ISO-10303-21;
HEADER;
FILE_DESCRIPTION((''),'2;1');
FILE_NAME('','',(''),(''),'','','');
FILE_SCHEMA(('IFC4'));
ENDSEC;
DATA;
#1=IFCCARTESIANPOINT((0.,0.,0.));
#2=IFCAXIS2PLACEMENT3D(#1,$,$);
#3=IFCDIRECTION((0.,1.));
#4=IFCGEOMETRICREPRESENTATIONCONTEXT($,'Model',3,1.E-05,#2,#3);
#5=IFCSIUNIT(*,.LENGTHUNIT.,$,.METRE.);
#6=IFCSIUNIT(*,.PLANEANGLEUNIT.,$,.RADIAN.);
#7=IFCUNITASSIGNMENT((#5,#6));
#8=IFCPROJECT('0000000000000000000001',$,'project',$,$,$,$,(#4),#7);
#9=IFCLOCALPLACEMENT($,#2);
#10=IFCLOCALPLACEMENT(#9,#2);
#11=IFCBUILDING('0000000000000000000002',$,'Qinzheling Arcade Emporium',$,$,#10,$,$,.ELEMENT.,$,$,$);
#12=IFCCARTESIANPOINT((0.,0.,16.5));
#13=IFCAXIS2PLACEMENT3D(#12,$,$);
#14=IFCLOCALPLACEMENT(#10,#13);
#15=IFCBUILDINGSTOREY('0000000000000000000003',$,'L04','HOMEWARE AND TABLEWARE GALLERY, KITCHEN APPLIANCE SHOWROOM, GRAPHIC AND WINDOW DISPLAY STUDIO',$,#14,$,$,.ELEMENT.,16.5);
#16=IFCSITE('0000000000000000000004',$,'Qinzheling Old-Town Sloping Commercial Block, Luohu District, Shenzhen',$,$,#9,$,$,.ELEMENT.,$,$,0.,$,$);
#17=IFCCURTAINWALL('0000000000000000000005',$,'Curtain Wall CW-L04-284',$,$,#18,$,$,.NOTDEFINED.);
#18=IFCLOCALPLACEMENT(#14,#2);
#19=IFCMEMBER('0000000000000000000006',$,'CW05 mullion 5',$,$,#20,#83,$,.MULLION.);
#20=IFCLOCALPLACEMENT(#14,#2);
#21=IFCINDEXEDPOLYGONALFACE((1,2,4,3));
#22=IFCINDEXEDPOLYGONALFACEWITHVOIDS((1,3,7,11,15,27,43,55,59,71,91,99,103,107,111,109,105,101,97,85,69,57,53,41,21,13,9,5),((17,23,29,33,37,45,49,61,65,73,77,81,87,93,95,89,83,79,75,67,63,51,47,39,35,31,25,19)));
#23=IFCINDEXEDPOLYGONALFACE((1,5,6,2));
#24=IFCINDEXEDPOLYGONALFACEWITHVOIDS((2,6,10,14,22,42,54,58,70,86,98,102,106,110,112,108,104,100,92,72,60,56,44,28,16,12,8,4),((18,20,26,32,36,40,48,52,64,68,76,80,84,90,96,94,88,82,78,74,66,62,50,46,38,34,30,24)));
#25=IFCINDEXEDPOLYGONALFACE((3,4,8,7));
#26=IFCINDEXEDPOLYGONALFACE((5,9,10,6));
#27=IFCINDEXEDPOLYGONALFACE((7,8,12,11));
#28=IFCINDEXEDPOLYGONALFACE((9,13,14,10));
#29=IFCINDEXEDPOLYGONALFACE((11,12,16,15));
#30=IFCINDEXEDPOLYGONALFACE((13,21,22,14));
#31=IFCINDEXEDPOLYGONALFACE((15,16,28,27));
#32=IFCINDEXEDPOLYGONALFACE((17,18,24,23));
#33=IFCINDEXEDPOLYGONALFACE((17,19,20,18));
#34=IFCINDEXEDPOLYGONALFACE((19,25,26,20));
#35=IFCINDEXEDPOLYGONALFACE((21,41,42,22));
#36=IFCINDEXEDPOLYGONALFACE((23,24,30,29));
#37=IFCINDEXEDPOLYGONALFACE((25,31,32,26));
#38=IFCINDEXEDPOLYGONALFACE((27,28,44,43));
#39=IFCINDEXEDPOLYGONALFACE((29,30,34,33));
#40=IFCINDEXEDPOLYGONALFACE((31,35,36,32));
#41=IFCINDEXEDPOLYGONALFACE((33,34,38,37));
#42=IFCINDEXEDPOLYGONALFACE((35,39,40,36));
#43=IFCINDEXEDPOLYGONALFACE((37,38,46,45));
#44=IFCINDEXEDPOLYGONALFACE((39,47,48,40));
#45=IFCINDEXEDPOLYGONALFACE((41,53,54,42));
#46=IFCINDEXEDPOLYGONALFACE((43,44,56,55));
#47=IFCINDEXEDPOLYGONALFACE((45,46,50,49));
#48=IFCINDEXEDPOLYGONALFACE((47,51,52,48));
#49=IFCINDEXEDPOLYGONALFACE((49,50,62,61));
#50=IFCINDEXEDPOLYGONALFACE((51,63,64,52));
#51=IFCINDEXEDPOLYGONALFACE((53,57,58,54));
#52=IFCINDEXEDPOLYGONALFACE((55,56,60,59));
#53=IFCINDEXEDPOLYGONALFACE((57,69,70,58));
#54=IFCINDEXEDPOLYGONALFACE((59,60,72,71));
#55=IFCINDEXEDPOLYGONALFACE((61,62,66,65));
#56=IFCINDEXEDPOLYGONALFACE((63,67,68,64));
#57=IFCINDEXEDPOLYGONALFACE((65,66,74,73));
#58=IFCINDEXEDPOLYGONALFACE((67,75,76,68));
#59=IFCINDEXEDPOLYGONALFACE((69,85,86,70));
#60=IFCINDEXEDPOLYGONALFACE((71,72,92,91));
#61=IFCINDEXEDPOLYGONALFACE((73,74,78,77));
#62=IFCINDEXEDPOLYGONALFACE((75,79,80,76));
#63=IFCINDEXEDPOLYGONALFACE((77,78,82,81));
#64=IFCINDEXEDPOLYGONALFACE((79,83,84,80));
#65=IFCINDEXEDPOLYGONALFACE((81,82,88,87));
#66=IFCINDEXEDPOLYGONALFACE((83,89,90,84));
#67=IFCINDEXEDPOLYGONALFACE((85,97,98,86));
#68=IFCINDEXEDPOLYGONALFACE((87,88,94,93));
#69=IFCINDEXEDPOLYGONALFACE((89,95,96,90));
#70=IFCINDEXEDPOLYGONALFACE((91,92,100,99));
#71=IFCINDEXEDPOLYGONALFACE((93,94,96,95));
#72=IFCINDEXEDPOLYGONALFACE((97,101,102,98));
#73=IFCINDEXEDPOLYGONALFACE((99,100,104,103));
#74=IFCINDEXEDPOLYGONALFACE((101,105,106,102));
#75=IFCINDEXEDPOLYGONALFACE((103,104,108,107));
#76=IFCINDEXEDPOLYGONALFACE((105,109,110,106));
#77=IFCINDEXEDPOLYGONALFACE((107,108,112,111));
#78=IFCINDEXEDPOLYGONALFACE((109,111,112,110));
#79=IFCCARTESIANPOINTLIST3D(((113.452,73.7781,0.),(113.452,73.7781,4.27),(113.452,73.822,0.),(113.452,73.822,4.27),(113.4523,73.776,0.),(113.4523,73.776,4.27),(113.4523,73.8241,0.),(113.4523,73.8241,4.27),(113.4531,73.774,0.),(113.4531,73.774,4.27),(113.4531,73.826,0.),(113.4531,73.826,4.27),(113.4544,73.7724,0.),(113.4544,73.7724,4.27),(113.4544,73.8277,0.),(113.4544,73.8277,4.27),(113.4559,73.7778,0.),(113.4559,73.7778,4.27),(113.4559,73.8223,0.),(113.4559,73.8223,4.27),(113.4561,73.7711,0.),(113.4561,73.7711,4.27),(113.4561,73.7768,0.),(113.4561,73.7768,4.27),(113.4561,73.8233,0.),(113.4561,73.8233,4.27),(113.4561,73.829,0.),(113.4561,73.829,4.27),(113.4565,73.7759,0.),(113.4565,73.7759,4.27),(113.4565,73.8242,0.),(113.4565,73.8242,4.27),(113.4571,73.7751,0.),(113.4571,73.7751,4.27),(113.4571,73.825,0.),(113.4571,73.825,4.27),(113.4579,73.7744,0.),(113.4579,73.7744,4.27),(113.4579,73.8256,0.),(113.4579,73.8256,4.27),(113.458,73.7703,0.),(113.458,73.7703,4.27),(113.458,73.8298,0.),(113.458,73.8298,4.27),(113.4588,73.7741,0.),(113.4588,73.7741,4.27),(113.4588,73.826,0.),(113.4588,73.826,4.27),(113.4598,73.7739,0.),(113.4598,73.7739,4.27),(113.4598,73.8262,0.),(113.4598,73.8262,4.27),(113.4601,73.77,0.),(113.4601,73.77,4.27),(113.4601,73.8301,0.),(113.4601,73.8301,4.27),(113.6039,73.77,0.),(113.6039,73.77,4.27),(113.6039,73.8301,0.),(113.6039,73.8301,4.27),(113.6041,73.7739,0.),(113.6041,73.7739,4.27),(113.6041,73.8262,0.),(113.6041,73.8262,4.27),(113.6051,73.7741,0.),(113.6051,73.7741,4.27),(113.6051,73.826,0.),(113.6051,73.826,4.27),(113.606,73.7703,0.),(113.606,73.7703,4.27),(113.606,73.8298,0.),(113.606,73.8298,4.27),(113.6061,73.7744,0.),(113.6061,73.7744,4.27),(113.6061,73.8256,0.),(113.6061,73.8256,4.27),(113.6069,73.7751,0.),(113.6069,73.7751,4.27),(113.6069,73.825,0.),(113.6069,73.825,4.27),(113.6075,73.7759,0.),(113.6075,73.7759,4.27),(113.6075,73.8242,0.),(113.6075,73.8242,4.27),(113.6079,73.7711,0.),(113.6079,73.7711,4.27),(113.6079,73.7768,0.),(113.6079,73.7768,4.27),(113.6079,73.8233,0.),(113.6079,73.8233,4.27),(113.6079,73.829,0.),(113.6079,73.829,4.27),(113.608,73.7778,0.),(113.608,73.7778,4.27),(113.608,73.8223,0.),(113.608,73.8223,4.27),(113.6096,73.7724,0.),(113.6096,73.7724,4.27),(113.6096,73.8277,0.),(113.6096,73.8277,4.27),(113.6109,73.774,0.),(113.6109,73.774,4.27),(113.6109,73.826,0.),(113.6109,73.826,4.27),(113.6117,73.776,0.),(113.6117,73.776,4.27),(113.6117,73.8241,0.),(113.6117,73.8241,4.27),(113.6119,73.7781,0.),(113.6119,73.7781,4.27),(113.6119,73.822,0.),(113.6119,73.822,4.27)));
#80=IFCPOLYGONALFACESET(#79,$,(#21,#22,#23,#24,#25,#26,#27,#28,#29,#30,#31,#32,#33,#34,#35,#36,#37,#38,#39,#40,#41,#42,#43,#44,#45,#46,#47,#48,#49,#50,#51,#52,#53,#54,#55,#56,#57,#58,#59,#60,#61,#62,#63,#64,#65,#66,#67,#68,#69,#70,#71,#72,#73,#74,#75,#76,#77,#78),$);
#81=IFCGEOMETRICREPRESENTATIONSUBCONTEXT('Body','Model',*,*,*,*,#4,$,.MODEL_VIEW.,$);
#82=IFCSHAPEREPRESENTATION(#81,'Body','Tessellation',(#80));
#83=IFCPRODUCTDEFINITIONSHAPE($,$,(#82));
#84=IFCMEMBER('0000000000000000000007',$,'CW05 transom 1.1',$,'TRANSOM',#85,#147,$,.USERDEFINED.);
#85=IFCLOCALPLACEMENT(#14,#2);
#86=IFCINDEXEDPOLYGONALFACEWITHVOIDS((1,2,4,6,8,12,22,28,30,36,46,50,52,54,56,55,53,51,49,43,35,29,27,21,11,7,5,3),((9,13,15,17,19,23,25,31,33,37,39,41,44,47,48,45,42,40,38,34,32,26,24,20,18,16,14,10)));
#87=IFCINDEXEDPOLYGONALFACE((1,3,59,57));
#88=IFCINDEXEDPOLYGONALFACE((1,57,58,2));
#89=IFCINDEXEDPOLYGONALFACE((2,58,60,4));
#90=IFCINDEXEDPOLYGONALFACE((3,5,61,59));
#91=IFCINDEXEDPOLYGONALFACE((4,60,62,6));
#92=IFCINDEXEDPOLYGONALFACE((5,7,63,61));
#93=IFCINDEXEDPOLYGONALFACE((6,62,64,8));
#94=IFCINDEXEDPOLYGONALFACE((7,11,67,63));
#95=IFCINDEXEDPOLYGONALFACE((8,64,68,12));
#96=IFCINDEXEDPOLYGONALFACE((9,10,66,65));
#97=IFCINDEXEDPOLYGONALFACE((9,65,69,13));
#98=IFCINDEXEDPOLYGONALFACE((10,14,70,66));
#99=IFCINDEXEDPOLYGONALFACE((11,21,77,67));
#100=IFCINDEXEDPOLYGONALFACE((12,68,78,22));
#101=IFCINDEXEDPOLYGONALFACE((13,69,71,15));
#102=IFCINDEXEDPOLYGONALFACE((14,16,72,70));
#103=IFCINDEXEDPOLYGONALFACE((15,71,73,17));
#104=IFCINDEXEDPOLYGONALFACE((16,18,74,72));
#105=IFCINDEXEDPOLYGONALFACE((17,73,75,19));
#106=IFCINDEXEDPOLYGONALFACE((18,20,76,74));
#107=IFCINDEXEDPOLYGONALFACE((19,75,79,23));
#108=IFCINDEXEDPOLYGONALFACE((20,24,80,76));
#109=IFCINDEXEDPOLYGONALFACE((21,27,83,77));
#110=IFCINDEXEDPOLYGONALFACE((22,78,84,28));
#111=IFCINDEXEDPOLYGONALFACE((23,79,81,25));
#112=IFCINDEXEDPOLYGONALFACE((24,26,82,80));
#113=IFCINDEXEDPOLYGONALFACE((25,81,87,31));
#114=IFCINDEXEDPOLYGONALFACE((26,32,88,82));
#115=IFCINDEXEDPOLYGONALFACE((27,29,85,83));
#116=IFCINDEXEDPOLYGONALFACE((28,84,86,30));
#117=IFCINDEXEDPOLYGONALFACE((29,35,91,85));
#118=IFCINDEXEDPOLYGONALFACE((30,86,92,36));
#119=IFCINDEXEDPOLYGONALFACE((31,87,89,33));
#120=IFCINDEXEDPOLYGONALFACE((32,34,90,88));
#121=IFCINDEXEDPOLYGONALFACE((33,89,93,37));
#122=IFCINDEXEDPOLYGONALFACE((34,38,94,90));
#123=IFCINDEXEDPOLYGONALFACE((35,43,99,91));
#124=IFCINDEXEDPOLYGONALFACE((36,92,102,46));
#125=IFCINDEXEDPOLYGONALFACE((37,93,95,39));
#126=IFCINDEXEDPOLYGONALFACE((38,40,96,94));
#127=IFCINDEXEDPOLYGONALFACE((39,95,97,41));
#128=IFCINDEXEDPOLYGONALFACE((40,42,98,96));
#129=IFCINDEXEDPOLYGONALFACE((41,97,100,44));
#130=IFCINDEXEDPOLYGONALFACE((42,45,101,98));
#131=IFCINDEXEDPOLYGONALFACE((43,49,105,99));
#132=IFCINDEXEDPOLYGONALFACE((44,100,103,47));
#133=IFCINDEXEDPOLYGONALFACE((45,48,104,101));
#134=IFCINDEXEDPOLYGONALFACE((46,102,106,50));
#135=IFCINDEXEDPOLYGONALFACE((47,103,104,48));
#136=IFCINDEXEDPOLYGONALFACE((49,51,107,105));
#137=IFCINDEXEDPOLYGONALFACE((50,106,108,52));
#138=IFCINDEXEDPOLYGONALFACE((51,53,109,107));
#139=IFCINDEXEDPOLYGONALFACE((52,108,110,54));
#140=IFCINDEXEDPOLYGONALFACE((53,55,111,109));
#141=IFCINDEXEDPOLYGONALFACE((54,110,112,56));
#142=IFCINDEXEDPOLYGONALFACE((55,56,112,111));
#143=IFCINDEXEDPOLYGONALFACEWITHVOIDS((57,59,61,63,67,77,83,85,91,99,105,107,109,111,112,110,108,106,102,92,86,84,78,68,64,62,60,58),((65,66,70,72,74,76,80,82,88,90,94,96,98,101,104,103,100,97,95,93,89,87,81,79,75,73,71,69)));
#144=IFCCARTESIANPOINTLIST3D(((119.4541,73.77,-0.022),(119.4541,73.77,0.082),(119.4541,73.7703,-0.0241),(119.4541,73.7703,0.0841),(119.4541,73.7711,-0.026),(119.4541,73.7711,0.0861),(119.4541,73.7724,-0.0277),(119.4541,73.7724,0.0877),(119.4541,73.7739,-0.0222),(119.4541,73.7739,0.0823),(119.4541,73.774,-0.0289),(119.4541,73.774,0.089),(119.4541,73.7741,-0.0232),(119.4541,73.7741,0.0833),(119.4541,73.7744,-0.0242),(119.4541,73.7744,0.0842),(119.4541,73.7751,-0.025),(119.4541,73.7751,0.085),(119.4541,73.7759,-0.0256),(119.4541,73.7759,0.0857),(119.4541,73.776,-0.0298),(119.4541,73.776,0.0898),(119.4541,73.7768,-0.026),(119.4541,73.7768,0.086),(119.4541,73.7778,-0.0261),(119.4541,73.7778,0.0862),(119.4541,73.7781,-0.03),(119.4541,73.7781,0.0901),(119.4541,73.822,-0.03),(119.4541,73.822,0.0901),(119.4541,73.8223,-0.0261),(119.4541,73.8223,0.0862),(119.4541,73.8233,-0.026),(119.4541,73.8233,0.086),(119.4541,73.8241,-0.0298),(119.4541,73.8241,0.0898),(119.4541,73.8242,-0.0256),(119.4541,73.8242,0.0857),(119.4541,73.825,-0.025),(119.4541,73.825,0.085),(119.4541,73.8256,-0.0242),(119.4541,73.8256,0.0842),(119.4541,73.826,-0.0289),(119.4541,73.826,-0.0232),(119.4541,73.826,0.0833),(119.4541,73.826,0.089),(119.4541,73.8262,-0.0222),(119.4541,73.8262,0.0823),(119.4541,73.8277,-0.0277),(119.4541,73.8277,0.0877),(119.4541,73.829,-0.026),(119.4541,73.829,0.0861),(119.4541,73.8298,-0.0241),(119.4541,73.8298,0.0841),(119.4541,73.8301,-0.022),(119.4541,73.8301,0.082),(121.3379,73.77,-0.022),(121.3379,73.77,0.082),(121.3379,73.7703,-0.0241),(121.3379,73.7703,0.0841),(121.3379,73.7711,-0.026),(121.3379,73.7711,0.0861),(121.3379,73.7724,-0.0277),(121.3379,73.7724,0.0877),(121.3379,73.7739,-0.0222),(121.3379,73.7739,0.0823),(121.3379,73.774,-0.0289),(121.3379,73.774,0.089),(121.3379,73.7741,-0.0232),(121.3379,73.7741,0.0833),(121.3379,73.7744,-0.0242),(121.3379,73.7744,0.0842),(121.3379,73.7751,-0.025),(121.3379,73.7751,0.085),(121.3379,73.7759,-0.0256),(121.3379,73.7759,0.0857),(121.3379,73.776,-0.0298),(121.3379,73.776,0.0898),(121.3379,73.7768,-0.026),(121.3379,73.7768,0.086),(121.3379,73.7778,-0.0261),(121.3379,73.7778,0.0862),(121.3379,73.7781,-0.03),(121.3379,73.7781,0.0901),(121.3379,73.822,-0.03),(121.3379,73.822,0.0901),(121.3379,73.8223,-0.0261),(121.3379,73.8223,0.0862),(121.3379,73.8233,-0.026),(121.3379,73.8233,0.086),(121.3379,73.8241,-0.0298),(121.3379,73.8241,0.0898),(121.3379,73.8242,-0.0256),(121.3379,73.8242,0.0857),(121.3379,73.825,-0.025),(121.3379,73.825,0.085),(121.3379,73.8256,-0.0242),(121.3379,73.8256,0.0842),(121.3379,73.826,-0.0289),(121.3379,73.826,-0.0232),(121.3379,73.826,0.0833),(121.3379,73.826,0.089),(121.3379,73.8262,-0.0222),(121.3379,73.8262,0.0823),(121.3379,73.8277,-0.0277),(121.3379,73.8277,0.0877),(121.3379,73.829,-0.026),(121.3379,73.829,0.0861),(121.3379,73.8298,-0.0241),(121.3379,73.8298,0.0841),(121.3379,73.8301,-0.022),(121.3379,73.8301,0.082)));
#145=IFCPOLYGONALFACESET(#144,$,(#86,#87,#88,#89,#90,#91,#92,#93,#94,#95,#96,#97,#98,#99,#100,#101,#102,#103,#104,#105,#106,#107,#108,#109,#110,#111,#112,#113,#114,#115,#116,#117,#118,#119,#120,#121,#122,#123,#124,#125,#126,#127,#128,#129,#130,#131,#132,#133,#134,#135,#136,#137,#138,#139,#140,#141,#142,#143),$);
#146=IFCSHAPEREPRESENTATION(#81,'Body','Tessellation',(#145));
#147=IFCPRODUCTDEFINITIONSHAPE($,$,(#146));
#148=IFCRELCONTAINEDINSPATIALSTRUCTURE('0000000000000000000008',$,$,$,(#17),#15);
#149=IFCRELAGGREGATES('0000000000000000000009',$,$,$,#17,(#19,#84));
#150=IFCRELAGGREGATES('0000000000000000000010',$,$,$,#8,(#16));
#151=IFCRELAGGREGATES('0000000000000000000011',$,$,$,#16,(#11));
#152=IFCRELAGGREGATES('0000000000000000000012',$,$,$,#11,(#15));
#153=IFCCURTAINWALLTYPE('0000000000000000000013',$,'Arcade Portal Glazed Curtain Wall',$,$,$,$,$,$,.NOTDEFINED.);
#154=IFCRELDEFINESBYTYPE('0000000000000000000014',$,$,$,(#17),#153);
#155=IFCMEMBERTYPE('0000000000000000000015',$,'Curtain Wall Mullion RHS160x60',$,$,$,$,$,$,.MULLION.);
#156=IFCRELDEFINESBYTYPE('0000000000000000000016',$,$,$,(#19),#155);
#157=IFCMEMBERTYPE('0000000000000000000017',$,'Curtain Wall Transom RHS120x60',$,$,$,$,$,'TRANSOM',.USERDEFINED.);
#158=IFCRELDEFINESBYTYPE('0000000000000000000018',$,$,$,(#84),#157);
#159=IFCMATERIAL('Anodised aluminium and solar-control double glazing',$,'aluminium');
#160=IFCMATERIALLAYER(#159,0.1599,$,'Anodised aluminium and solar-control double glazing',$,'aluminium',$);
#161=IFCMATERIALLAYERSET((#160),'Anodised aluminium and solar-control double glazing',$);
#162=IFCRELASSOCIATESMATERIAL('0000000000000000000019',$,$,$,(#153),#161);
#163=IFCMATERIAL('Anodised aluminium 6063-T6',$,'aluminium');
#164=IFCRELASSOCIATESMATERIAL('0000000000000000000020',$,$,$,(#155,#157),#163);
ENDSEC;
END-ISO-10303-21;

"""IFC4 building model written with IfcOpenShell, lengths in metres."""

from ifc_helpers import new_model, si_unit, direction, frame, origin, origin_2d, place, context, subcontext, project, spatial, hollow_rectangle, extrude, material, layer, layer_set, material_profile, profile_set, type_object, element, aggregate, save


model = new_model("IFC4")

# Units and contexts
model_context = context("Model", 3, precision=1e-05, world=origin(), true_north=direction((0.0, 1.0)))
body_context = subcontext(model_context, "Body", "Model", "MODEL_VIEW")
ifc_project = project(units=[si_unit("LENGTHUNIT", "METRE"), si_unit("PLANEANGLEUNIT", "RADIAN")], contexts=[model_context])

# Site, building, storey
site_placement = place(None, origin())
site = spatial("IfcSite", under=ifc_project, at=site_placement, Name="Qinzheling Old-Town Sloping Commercial Block, Luohu District, Shenzhen", CompositionType="ELEMENT", RefElevation=0.0)
building_placement = place(site_placement, origin())
building = spatial("IfcBuilding", under=site, at=building_placement, Name="Qinzheling Arcade Emporium", CompositionType="ELEMENT")
storey_placement = place(building_placement, frame((0.0, 0.0, 16.5)))
storey = spatial("IfcBuildingStorey", under=building, at=storey_placement, Name="L04", Description="HOMEWARE AND TABLEWARE GALLERY, KITCHEN APPLIANCE SHOWROOM, GRAPHIC AND WINDOW DISPLAY STUDIO", CompositionType="ELEMENT", Elevation=16.5)

# Curtain wall, members
ifc_material_1 = material(Name="Anodised aluminium and solar-control double glazing", Category="aluminium")
ifc_layer_1 = layer(ifc_material_1, 0.1599, Name="Anodised aluminium and solar-control double glazing", Category="aluminium")
ifc_layer_set_1 = layer_set([ifc_layer_1], Name="Anodised aluminium and solar-control double glazing")
curtain_wall_type = type_object("IfcCurtainWallType", Name="Arcade Portal Glazed Curtain Wall", PredefinedType="NOTDEFINED", material=ifc_layer_set_1)
curtain_wall_placement = place(storey_placement, origin())
curtain_wall = element("IfcCurtainWall", 1, at=curtain_wall_placement, inside=storey, type_object=curtain_wall_type, Name="Curtain Wall CW-L04-284", PredefinedType="NOTDEFINED")
ifc_material_2 = material(Name="Anodised aluminium 6063-T6", Category="aluminium")
ifc_material_profile_1 = material_profile(ifc_material_2, hollow_rectangle(XDim=0.0601, YDim=0.1599, WallThickness=0.0039, InnerFilletRadius=0.0039, OuterFilletRadius=0.0081, at=origin_2d()), Name="RHS 160x60x4", Category="aluminium")
ifc_profile_set_1 = profile_set([ifc_material_profile_1], Name="Anodised aluminium 6063-T6")
member_type_1 = type_object("IfcMemberType", Name="Curtain Wall Mullion RHS160x60", PredefinedType="MULLION", material=ifc_profile_set_1)
member_1_placement = place(storey_placement, frame((113.532, 73.8, 0.0), z_axis=(0.0, 0.0, 1.0), x_axis=(0.0, -1.0, 0.0)))
member_1 = element("IfcMember", 2, at=member_1_placement, type_object=member_type_1, Name="CW05 mullion 5", PredefinedType="MULLION", context=body_context, shape_type="SweptSolid", body=[
    extrude(hollow_rectangle(XDim=0.0601, YDim=0.1599, WallThickness=0.0039, InnerFilletRadius=0.0039, OuterFilletRadius=0.0081, at=origin_2d()), origin(), (0.0, 0.0, 1.0), 4.27),
])
ifc_material_profile_2 = material_profile(ifc_material_2, hollow_rectangle(XDim=0.0601, YDim=0.1201, WallThickness=0.0039, InnerFilletRadius=0.0039, OuterFilletRadius=0.0081, at=origin_2d()), Name="RHS 120x60x4", Category="aluminium")
ifc_profile_set_2 = profile_set([ifc_material_profile_2], Name="Anodised aluminium 6063-T6")
member_type_2 = type_object("IfcMemberType", Name="Curtain Wall Transom RHS120x60", ElementType="TRANSOM", PredefinedType="USERDEFINED", material=ifc_profile_set_2)
member_2_placement = place(storey_placement, frame((121.3379, 73.8, 0.03), z_axis=(-1.0, 0.0, 0.0), x_axis=(0.0, -1.0, 0.0)))
member_2 = element("IfcMember", 3, at=member_2_placement, type_object=member_type_2, Name="CW05 transom 1.1", ObjectType="TRANSOM", PredefinedType="USERDEFINED", context=body_context, shape_type="SweptSolid", body=[
    extrude(hollow_rectangle(XDim=0.0601, YDim=0.1201, WallThickness=0.0039, InnerFilletRadius=0.0039, OuterFilletRadius=0.0081, at=origin_2d()), origin(), (0.0, 0.0, 1.0), 1.8838),
])

aggregate(curtain_wall, [member_1, member_2])

save(model, "model.ifc")
